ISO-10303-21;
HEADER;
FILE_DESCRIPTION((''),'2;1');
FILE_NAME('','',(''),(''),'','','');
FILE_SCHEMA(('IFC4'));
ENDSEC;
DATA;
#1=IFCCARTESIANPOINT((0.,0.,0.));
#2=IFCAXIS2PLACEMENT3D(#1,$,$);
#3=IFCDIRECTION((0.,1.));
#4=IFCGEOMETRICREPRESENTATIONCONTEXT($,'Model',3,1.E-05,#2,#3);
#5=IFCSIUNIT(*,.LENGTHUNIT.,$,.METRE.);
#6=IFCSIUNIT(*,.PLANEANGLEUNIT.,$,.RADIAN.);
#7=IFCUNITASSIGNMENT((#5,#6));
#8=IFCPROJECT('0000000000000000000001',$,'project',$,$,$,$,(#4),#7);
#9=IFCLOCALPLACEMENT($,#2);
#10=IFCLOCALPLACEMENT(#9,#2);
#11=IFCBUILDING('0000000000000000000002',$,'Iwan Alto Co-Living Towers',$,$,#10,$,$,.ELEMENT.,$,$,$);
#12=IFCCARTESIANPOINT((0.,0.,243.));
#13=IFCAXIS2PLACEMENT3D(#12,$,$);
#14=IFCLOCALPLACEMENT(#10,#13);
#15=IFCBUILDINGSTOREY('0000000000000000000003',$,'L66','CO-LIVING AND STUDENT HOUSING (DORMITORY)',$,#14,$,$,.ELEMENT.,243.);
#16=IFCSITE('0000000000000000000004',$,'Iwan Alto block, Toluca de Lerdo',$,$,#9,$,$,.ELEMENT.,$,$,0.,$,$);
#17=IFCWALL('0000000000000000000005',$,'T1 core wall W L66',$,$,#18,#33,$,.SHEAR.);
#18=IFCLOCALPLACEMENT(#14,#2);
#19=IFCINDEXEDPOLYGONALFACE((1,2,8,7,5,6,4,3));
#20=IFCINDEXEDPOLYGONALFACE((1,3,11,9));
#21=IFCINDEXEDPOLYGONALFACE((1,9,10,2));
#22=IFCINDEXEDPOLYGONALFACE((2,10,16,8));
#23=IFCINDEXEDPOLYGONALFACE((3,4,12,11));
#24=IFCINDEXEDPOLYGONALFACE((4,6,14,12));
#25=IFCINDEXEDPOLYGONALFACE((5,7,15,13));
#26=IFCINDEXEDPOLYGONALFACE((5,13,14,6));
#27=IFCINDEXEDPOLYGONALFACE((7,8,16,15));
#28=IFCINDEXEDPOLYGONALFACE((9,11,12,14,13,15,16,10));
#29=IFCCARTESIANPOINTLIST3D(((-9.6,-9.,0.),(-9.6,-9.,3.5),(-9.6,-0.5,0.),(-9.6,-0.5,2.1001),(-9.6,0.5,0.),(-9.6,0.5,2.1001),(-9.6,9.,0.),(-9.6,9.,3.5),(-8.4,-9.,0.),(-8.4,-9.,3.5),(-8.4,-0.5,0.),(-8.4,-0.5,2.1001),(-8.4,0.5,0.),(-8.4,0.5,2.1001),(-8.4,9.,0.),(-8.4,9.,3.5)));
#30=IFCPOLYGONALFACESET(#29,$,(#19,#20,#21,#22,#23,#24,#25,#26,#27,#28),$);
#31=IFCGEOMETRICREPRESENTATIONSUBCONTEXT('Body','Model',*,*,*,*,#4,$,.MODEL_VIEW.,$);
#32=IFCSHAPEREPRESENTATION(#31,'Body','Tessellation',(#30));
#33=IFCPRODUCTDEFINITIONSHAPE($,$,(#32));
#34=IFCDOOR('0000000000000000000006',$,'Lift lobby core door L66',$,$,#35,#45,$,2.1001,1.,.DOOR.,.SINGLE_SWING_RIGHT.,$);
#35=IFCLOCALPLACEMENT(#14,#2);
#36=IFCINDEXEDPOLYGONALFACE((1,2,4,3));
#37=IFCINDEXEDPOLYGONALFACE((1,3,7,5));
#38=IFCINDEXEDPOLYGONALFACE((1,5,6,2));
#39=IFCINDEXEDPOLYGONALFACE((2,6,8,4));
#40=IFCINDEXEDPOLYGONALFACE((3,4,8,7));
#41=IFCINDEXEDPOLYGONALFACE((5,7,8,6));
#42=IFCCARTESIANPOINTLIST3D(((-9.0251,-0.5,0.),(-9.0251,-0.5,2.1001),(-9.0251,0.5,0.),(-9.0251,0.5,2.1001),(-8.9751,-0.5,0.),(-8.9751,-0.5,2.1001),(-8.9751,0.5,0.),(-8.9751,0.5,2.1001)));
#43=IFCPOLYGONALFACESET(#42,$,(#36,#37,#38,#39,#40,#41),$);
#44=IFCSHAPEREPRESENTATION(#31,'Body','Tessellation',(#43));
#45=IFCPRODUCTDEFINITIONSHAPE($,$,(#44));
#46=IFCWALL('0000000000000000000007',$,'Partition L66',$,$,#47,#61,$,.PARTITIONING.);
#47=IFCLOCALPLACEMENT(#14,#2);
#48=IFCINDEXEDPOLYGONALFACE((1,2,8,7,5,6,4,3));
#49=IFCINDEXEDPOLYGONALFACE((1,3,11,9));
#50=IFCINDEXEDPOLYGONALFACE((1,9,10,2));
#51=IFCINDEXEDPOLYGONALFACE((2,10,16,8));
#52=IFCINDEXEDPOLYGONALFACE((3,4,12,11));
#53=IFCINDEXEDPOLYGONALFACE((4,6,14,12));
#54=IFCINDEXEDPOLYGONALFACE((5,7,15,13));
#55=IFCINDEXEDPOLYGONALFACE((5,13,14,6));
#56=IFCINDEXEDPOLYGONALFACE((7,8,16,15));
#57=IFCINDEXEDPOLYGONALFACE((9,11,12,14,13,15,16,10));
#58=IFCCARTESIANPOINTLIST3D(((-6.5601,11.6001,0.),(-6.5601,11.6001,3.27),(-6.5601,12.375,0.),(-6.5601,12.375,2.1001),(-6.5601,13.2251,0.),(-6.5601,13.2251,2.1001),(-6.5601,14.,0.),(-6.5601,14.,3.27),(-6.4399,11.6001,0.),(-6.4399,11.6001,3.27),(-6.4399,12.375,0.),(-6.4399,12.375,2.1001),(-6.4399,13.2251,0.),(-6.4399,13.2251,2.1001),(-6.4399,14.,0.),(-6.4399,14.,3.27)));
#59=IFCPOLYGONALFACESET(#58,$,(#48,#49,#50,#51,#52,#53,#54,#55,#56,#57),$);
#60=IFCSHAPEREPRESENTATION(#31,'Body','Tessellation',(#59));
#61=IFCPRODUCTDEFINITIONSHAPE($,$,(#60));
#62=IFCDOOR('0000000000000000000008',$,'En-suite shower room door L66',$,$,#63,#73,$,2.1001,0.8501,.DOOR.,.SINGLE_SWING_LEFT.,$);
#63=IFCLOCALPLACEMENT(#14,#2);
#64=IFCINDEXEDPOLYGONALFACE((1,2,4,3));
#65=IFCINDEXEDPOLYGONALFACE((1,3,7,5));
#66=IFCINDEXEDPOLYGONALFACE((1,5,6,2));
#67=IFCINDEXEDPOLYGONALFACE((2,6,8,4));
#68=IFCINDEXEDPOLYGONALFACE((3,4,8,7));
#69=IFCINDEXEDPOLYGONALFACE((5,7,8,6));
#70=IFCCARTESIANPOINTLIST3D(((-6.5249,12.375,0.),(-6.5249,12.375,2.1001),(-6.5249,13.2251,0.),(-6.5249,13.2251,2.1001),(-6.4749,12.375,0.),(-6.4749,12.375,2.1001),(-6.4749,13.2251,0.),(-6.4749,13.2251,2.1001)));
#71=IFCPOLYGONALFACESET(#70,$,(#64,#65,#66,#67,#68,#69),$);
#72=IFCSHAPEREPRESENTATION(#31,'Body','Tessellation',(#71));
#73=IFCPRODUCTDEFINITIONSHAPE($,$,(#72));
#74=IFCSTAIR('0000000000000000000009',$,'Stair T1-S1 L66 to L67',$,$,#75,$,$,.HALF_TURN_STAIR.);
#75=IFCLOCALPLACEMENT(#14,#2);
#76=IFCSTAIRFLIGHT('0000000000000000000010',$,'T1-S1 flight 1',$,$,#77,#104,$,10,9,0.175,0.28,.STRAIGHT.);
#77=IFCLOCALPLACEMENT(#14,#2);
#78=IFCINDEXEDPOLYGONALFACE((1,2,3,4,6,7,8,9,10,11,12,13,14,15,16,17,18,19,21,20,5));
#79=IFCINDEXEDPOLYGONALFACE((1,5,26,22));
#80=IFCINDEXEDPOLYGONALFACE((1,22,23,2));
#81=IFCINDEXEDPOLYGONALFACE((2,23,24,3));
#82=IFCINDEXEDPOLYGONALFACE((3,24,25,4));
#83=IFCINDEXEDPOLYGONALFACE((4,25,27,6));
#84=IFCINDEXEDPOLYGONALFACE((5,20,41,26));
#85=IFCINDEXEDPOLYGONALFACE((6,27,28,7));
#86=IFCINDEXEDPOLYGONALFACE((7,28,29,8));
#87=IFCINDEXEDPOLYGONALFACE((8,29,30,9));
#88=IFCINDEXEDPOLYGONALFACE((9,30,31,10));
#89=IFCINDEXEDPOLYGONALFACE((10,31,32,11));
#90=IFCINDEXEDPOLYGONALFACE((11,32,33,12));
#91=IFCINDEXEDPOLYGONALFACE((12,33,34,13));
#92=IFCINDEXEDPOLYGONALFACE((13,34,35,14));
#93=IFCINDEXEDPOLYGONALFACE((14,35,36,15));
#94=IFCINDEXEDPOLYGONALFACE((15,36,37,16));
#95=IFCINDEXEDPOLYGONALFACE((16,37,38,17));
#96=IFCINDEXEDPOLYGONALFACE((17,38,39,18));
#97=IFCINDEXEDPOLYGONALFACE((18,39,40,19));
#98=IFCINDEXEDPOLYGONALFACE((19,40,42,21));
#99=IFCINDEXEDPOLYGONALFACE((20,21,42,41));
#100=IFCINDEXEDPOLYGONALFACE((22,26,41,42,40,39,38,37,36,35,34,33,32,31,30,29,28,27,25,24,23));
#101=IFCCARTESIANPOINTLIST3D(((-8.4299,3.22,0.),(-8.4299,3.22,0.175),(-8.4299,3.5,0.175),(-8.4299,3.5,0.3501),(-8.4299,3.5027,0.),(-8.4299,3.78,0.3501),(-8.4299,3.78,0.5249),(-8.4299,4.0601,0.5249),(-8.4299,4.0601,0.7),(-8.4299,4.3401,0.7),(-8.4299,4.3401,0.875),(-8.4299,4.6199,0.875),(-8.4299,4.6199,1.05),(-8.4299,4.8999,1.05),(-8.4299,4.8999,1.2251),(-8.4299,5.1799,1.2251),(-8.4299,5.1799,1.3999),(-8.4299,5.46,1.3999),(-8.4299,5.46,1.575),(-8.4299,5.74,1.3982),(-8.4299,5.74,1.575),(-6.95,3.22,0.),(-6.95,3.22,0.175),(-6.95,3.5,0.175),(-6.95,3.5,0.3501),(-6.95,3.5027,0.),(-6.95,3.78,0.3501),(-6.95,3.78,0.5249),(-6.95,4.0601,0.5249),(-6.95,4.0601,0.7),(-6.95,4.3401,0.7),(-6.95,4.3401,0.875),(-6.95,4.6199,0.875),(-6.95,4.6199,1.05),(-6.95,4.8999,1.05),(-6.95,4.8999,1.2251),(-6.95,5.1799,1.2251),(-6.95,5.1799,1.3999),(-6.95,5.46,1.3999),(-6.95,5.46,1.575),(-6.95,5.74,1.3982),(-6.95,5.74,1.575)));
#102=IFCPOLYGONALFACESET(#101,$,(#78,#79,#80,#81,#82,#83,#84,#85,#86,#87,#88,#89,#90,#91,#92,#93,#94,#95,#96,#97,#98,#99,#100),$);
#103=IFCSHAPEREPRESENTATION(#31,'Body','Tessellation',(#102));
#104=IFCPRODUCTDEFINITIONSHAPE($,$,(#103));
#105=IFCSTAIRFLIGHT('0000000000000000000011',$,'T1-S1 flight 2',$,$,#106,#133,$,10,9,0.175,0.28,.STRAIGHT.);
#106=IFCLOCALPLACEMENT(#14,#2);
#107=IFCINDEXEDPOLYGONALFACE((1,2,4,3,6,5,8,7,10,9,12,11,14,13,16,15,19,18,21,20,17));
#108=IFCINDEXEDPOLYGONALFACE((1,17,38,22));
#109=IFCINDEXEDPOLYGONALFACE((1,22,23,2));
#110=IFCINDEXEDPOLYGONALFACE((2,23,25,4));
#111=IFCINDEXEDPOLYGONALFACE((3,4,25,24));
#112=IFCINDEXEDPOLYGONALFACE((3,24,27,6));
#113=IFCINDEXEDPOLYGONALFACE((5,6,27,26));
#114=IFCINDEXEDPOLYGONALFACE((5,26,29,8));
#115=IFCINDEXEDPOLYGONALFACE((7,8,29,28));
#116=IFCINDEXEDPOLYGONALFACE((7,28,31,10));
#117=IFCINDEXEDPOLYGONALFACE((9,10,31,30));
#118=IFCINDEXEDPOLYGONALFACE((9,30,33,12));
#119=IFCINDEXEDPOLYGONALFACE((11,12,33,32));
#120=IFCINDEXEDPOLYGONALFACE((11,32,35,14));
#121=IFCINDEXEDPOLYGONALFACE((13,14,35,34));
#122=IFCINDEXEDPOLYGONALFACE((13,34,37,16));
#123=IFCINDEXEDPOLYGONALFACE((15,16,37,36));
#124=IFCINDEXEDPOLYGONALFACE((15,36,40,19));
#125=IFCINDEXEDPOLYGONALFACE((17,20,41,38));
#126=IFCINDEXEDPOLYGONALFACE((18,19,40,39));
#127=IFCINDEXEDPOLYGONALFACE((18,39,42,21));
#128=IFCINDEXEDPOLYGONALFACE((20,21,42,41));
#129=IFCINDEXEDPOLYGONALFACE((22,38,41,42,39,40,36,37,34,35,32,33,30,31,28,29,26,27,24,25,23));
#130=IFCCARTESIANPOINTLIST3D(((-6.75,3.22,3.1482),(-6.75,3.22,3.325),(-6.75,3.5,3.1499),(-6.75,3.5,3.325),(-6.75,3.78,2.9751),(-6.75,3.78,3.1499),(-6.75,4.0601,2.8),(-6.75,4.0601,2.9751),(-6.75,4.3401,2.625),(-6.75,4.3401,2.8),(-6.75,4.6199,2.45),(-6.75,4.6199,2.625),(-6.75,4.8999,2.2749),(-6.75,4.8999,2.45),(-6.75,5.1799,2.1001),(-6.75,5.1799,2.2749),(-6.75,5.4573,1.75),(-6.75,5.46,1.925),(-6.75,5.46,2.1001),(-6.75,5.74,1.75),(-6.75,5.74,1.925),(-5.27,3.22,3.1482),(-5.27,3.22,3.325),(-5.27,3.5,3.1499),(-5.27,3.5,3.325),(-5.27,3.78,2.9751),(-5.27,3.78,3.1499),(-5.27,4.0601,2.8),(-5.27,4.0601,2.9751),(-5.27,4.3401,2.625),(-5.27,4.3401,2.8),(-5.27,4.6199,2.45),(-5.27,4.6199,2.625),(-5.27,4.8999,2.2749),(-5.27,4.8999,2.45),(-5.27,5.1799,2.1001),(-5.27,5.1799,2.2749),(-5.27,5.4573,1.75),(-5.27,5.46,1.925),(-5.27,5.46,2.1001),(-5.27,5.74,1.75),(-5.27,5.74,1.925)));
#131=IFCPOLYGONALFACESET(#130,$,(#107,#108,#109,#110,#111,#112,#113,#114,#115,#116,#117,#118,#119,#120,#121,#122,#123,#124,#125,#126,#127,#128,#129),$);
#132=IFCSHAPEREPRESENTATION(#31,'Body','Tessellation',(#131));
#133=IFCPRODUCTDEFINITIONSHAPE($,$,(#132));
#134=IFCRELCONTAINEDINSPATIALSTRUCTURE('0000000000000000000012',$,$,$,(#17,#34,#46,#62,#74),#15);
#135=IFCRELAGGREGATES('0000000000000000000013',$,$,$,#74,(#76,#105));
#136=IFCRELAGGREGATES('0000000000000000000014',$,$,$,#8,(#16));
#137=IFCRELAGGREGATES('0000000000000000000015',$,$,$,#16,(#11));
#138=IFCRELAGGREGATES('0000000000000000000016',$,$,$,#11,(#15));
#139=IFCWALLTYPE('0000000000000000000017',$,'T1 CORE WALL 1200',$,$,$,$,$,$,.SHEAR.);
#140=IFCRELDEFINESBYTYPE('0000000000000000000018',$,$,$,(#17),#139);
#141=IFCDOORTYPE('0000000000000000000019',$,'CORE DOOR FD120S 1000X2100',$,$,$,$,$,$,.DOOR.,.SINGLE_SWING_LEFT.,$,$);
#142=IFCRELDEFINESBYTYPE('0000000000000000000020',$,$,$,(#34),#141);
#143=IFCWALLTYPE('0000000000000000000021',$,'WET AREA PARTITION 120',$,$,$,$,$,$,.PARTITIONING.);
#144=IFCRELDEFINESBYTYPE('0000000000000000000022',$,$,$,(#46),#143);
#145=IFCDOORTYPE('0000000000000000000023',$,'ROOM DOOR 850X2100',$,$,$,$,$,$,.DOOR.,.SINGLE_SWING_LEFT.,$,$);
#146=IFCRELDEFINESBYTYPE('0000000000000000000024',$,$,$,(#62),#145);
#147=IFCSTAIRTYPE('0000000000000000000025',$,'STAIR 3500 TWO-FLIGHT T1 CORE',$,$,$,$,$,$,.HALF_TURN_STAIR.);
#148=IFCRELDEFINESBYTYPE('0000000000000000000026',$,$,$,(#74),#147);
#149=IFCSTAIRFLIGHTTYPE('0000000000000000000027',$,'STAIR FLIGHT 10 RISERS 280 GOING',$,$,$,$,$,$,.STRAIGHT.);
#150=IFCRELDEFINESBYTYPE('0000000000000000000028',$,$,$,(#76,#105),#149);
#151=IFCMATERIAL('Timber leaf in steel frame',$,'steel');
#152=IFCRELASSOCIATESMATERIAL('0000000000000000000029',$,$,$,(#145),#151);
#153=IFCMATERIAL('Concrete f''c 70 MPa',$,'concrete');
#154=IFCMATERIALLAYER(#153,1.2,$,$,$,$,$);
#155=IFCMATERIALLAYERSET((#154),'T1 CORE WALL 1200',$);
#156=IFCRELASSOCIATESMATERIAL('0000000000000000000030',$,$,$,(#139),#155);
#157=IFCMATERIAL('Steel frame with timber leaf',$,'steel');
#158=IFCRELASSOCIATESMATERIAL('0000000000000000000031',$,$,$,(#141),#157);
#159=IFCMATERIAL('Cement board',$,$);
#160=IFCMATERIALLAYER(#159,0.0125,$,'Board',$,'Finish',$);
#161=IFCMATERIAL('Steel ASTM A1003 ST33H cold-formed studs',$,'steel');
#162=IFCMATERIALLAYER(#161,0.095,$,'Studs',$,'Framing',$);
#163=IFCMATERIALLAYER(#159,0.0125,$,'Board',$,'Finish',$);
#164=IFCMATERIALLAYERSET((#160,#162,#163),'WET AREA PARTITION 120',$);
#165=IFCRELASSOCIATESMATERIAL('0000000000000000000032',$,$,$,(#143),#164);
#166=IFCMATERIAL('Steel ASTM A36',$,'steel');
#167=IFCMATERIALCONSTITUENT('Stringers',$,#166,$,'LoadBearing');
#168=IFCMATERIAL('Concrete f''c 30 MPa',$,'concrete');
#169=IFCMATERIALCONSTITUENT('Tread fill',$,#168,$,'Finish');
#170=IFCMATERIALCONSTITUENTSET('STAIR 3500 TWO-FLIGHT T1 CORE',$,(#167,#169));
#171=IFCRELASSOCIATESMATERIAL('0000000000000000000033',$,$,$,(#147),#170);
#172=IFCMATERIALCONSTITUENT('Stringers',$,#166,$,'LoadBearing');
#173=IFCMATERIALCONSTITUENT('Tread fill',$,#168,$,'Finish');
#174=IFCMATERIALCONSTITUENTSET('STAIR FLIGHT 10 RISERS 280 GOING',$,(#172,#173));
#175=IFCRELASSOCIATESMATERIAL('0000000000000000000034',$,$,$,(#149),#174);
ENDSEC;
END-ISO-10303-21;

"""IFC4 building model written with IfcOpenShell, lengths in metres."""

from ifc_helpers import new_model, si_unit, direction, frame, frame_2d, origin, place, context, subcontext, project, spatial, polyline, rectangle, outline, extrude, material, layer, layer_set, constituent, constituent_set, type_object, element, fill, aggregate, save


model = new_model("IFC4")

# Units and contexts
model_context = context("Model", 3, precision=1e-05, world=origin(), true_north=direction((0.0, 1.0)))
body_context = subcontext(model_context, "Body", "Model", "MODEL_VIEW")
ifc_project = project(units=[si_unit("LENGTHUNIT", "METRE"), si_unit("PLANEANGLEUNIT", "RADIAN")], contexts=[model_context])

# Site, building, storey
site_placement = place(None, origin())
site = spatial("IfcSite", under=ifc_project, at=site_placement, Name="Iwan Alto block, Toluca de Lerdo", CompositionType="ELEMENT", RefElevation=0.0)
building_placement = place(site_placement, origin())
building = spatial("IfcBuilding", under=site, at=building_placement, Name="Iwan Alto Co-Living Towers", CompositionType="ELEMENT")
storey_placement = place(building_placement, frame((0.0, 0.0, 243.0)))
storey = spatial("IfcBuildingStorey", under=building, at=storey_placement, Name="L66", Description="CO-LIVING AND STUDENT HOUSING (DORMITORY)", CompositionType="ELEMENT", Elevation=243.0)

# Shared definitions
ifc_material_1 = material(Name="Steel ASTM A1003 ST33H cold-formed studs", Category="steel")

# Shared definitions
ifc_material_2 = material(Name="Timber leaf in steel frame", Category="steel")
door_type_1 = type_object("IfcDoorType", Name="ROOM DOOR 850X2100", OperationType="SINGLE_SWING_LEFT", PredefinedType="DOOR", material=ifc_material_2)

# Walls, openings, doors
ifc_material_3 = material(Name="Concrete f'c 70 MPa", Category="concrete")
ifc_layer_1 = layer(ifc_material_3, 1.2)
ifc_layer_set_1 = layer_set([ifc_layer_1], Name="T1 CORE WALL 1200")
wall_type_1 = type_object("IfcWallType", Name="T1 CORE WALL 1200", PredefinedType="SHEAR", material=ifc_layer_set_1)
wall_1_placement = place(storey_placement, frame((-9.0, 9.0, 0.0), z_axis=(0.0, 0.0, 1.0), x_axis=(0.0, -1.0, 0.0)))
wall_1 = element("IfcWall", 1, at=wall_1_placement, inside=storey, type_object=wall_type_1, Name="T1 core wall W L66", PredefinedType="SHEAR", context=body_context, shape_type="SweptSolid", body=[
    extrude(rectangle(XDim=18.0, YDim=1.2, at=frame_2d((9.0, 0.0))), origin(), (0.0, 0.0, 1.0), 3.5),
])
opening_1_placement = place(wall_1_placement, frame((8.5, 0.0, 0.0)))
opening_1 = element("IfcOpeningElement", 2, at=opening_1_placement, cuts=wall_1, PredefinedType="OPENING", context=body_context, shape_type="SweptSolid", body=[
    extrude(rectangle(XDim=1.0, YDim=2.1001, at=frame_2d((0.5, 1.05))), frame((0.0, 0.6099, 0.0), z_axis=(0.0, -1.0, 0.0), x_axis=(1.0, 0.0, 0.0)), (0.0, 0.0, 1.0), 1.22),
])
ifc_material_4 = material(Name="Steel frame with timber leaf", Category="steel")
door_type_2 = type_object("IfcDoorType", Name="CORE DOOR FD120S 1000X2100", OperationType="SINGLE_SWING_LEFT", PredefinedType="DOOR", material=ifc_material_4)
door_1_placement = place(opening_1_placement, origin())
door_1 = element("IfcDoor", 3, at=door_1_placement, inside=storey, type_object=door_type_2, Name="Lift lobby core door L66", OperationType="SINGLE_SWING_RIGHT", OverallHeight=2.1001, OverallWidth=1.0, PredefinedType="DOOR", context=body_context, shape_type="SweptSolid", body=[
    extrude(rectangle(XDim=1.0, YDim=2.1001, at=frame_2d((0.5, 1.05))), frame((0.0, 0.0249, 0.0), z_axis=(0.0, -1.0, 0.0), x_axis=(1.0, 0.0, 0.0)), (0.0, 0.0, 1.0), 0.05),
])
fill(opening_1, door_1)
ifc_material_5 = material(Name="Cement board")
ifc_layer_2 = layer(ifc_material_5, 0.0125, Name="Board", Category="Finish")
ifc_layer_3 = layer(ifc_material_1, 0.095, Name="Studs", Category="Framing")
ifc_layer_4 = layer(ifc_material_5, 0.0125, Name="Board", Category="Finish")
ifc_layer_set_2 = layer_set([ifc_layer_2, ifc_layer_3, ifc_layer_4], Name="WET AREA PARTITION 120")
wall_type_2 = type_object("IfcWallType", Name="WET AREA PARTITION 120", PredefinedType="PARTITIONING", material=ifc_layer_set_2)
wall_2_placement = place(storey_placement, frame((-6.5, 11.6001, 0.0), z_axis=(0.0, 0.0, 1.0), x_axis=(0.0, 1.0, 0.0)))
wall_2 = element("IfcWall", 4, at=wall_2_placement, inside=storey, type_object=wall_type_2, Name="Partition L66", PredefinedType="PARTITIONING", context=body_context, shape_type="SweptSolid", body=[
    extrude(rectangle(XDim=2.3999, YDim=0.1201, at=frame_2d((1.2, 0.0))), origin(), (0.0, 0.0, 1.0), 3.27),
])
opening_2_placement = place(wall_2_placement, frame((0.7749, 0.0, 0.0)))
opening_2 = element("IfcOpeningElement", 5, at=opening_2_placement, cuts=wall_2, PredefinedType="OPENING", context=body_context, shape_type="SweptSolid", body=[
    extrude(rectangle(XDim=0.8501, YDim=2.1001, at=frame_2d((0.425, 1.05))), frame((0.0, 0.0701, 0.0), z_axis=(0.0, -1.0, 0.0), x_axis=(1.0, 0.0, 0.0)), (0.0, 0.0, 1.0), 0.1401),
])
door_2_placement = place(opening_2_placement, origin())
door_2 = element("IfcDoor", 6, at=door_2_placement, inside=storey, type_object=door_type_1, Name="En-suite shower room door L66", OperationType="SINGLE_SWING_LEFT", OverallHeight=2.1001, OverallWidth=0.8501, PredefinedType="DOOR", context=body_context, shape_type="SweptSolid", body=[
    extrude(rectangle(XDim=0.8501, YDim=2.1001, at=frame_2d((0.425, 1.05))), frame((0.0, 0.0249, 0.0), z_axis=(0.0, -1.0, 0.0), x_axis=(1.0, 0.0, 0.0)), (0.0, 0.0, 1.0), 0.05),
])
fill(opening_2, door_2)

# Stair, stair flights
ifc_material_6 = material(Name="Steel ASTM A36", Category="steel")
ifc_constituent_1 = constituent(ifc_material_6, Name="Stringers", Category="LoadBearing")
ifc_material_7 = material(Name="Concrete f'c 30 MPa", Category="concrete")
ifc_constituent_2 = constituent(ifc_material_7, Name="Tread fill", Category="Finish")
ifc_constituent_set_1 = constituent_set(constituents=[ifc_constituent_1, ifc_constituent_2], Name="STAIR 3500 TWO-FLIGHT T1 CORE")
stair_type = type_object("IfcStairType", Name="STAIR 3500 TWO-FLIGHT T1 CORE", PredefinedType="HALF_TURN_STAIR", material=ifc_constituent_set_1)
stair_placement = place(storey_placement, origin())
stair = element("IfcStair", 7, at=stair_placement, inside=storey, type_object=stair_type, Name="Stair T1-S1 L66 to L67", PredefinedType="HALF_TURN_STAIR")
ifc_constituent_3 = constituent(ifc_material_6, Name="Stringers", Category="LoadBearing")
ifc_constituent_4 = constituent(ifc_material_7, Name="Tread fill", Category="Finish")
ifc_constituent_set_2 = constituent_set(constituents=[ifc_constituent_3, ifc_constituent_4], Name="STAIR FLIGHT 10 RISERS 280 GOING")
stair_flight_type = type_object("IfcStairFlightType", Name="STAIR FLIGHT 10 RISERS 280 GOING", PredefinedType="STRAIGHT", material=ifc_constituent_set_2)
stair_flight_1_placement = place(storey_placement, frame((-7.6899, 3.22, 0.0), z_axis=(0.0, 0.0, 1.0), x_axis=(0.0, 1.0, 0.0)))
stair_flight_1 = element("IfcStairFlight", 8, at=stair_flight_1_placement, type_object=stair_flight_type, Name="T1-S1 flight 1", NumberOfRisers=10, NumberOfTreads=9, PredefinedType="STRAIGHT", RiserHeight=0.175, TreadLength=0.28, context=body_context, shape_type="SweptSolid", body=[
    extrude(outline(polyline([(0.0, 0.0), (0.0, 0.175), (0.28, 0.175), (0.28, 0.3501), (0.5601, 0.3501), (0.5601, 0.5249), (0.8401, 0.5249), (0.8401, 0.7), (1.1201, 0.7), (1.1201, 0.875), (1.3999, 0.875), (1.3999, 1.05), (1.6799, 1.05), (1.6799, 1.2251), (1.96, 1.2251), (1.96, 1.3999), (2.24, 1.3999), (2.24, 1.575), (2.52, 1.575), (2.52, 1.75), (2.52, 1.3982), (0.2827, 0.0), (0.0, 0.0)])), frame((0.0, 0.74, 0.0), z_axis=(0.0, -1.0, 0.0), x_axis=(1.0, 0.0, 0.0)), (0.0, 0.0, 1.0), 1.48),
])
stair_flight_2_placement = place(storey_placement, frame((-6.01, 5.74, 1.75), z_axis=(0.0, 0.0, 1.0), x_axis=(0.0, -1.0, 0.0)))
stair_flight_2 = element("IfcStairFlight", 9, at=stair_flight_2_placement, type_object=stair_flight_type, Name="T1-S1 flight 2", NumberOfRisers=10, NumberOfTreads=9, PredefinedType="STRAIGHT", RiserHeight=0.175, TreadLength=0.28, context=body_context, shape_type="SweptSolid", body=[
    extrude(outline(polyline([(0.0, 0.0), (0.0, 0.175), (0.28, 0.175), (0.28, 0.3501), (0.5601, 0.3501), (0.5601, 0.5249), (0.8401, 0.5249), (0.8401, 0.7), (1.1201, 0.7), (1.1201, 0.875), (1.3999, 0.875), (1.3999, 1.05), (1.6799, 1.05), (1.6799, 1.2251), (1.96, 1.2251), (1.96, 1.3999), (2.24, 1.3999), (2.24, 1.575), (2.52, 1.575), (2.52, 1.75), (2.52, 1.3982), (0.2827, 0.0), (0.0, 0.0)])), frame((0.0, 0.74, 0.0), z_axis=(0.0, -1.0, 0.0), x_axis=(1.0, 0.0, 0.0)), (0.0, 0.0, 1.0), 1.48),
])
aggregate(stair, [stair_flight_1, stair_flight_2])

save(model, "model.ifc")
